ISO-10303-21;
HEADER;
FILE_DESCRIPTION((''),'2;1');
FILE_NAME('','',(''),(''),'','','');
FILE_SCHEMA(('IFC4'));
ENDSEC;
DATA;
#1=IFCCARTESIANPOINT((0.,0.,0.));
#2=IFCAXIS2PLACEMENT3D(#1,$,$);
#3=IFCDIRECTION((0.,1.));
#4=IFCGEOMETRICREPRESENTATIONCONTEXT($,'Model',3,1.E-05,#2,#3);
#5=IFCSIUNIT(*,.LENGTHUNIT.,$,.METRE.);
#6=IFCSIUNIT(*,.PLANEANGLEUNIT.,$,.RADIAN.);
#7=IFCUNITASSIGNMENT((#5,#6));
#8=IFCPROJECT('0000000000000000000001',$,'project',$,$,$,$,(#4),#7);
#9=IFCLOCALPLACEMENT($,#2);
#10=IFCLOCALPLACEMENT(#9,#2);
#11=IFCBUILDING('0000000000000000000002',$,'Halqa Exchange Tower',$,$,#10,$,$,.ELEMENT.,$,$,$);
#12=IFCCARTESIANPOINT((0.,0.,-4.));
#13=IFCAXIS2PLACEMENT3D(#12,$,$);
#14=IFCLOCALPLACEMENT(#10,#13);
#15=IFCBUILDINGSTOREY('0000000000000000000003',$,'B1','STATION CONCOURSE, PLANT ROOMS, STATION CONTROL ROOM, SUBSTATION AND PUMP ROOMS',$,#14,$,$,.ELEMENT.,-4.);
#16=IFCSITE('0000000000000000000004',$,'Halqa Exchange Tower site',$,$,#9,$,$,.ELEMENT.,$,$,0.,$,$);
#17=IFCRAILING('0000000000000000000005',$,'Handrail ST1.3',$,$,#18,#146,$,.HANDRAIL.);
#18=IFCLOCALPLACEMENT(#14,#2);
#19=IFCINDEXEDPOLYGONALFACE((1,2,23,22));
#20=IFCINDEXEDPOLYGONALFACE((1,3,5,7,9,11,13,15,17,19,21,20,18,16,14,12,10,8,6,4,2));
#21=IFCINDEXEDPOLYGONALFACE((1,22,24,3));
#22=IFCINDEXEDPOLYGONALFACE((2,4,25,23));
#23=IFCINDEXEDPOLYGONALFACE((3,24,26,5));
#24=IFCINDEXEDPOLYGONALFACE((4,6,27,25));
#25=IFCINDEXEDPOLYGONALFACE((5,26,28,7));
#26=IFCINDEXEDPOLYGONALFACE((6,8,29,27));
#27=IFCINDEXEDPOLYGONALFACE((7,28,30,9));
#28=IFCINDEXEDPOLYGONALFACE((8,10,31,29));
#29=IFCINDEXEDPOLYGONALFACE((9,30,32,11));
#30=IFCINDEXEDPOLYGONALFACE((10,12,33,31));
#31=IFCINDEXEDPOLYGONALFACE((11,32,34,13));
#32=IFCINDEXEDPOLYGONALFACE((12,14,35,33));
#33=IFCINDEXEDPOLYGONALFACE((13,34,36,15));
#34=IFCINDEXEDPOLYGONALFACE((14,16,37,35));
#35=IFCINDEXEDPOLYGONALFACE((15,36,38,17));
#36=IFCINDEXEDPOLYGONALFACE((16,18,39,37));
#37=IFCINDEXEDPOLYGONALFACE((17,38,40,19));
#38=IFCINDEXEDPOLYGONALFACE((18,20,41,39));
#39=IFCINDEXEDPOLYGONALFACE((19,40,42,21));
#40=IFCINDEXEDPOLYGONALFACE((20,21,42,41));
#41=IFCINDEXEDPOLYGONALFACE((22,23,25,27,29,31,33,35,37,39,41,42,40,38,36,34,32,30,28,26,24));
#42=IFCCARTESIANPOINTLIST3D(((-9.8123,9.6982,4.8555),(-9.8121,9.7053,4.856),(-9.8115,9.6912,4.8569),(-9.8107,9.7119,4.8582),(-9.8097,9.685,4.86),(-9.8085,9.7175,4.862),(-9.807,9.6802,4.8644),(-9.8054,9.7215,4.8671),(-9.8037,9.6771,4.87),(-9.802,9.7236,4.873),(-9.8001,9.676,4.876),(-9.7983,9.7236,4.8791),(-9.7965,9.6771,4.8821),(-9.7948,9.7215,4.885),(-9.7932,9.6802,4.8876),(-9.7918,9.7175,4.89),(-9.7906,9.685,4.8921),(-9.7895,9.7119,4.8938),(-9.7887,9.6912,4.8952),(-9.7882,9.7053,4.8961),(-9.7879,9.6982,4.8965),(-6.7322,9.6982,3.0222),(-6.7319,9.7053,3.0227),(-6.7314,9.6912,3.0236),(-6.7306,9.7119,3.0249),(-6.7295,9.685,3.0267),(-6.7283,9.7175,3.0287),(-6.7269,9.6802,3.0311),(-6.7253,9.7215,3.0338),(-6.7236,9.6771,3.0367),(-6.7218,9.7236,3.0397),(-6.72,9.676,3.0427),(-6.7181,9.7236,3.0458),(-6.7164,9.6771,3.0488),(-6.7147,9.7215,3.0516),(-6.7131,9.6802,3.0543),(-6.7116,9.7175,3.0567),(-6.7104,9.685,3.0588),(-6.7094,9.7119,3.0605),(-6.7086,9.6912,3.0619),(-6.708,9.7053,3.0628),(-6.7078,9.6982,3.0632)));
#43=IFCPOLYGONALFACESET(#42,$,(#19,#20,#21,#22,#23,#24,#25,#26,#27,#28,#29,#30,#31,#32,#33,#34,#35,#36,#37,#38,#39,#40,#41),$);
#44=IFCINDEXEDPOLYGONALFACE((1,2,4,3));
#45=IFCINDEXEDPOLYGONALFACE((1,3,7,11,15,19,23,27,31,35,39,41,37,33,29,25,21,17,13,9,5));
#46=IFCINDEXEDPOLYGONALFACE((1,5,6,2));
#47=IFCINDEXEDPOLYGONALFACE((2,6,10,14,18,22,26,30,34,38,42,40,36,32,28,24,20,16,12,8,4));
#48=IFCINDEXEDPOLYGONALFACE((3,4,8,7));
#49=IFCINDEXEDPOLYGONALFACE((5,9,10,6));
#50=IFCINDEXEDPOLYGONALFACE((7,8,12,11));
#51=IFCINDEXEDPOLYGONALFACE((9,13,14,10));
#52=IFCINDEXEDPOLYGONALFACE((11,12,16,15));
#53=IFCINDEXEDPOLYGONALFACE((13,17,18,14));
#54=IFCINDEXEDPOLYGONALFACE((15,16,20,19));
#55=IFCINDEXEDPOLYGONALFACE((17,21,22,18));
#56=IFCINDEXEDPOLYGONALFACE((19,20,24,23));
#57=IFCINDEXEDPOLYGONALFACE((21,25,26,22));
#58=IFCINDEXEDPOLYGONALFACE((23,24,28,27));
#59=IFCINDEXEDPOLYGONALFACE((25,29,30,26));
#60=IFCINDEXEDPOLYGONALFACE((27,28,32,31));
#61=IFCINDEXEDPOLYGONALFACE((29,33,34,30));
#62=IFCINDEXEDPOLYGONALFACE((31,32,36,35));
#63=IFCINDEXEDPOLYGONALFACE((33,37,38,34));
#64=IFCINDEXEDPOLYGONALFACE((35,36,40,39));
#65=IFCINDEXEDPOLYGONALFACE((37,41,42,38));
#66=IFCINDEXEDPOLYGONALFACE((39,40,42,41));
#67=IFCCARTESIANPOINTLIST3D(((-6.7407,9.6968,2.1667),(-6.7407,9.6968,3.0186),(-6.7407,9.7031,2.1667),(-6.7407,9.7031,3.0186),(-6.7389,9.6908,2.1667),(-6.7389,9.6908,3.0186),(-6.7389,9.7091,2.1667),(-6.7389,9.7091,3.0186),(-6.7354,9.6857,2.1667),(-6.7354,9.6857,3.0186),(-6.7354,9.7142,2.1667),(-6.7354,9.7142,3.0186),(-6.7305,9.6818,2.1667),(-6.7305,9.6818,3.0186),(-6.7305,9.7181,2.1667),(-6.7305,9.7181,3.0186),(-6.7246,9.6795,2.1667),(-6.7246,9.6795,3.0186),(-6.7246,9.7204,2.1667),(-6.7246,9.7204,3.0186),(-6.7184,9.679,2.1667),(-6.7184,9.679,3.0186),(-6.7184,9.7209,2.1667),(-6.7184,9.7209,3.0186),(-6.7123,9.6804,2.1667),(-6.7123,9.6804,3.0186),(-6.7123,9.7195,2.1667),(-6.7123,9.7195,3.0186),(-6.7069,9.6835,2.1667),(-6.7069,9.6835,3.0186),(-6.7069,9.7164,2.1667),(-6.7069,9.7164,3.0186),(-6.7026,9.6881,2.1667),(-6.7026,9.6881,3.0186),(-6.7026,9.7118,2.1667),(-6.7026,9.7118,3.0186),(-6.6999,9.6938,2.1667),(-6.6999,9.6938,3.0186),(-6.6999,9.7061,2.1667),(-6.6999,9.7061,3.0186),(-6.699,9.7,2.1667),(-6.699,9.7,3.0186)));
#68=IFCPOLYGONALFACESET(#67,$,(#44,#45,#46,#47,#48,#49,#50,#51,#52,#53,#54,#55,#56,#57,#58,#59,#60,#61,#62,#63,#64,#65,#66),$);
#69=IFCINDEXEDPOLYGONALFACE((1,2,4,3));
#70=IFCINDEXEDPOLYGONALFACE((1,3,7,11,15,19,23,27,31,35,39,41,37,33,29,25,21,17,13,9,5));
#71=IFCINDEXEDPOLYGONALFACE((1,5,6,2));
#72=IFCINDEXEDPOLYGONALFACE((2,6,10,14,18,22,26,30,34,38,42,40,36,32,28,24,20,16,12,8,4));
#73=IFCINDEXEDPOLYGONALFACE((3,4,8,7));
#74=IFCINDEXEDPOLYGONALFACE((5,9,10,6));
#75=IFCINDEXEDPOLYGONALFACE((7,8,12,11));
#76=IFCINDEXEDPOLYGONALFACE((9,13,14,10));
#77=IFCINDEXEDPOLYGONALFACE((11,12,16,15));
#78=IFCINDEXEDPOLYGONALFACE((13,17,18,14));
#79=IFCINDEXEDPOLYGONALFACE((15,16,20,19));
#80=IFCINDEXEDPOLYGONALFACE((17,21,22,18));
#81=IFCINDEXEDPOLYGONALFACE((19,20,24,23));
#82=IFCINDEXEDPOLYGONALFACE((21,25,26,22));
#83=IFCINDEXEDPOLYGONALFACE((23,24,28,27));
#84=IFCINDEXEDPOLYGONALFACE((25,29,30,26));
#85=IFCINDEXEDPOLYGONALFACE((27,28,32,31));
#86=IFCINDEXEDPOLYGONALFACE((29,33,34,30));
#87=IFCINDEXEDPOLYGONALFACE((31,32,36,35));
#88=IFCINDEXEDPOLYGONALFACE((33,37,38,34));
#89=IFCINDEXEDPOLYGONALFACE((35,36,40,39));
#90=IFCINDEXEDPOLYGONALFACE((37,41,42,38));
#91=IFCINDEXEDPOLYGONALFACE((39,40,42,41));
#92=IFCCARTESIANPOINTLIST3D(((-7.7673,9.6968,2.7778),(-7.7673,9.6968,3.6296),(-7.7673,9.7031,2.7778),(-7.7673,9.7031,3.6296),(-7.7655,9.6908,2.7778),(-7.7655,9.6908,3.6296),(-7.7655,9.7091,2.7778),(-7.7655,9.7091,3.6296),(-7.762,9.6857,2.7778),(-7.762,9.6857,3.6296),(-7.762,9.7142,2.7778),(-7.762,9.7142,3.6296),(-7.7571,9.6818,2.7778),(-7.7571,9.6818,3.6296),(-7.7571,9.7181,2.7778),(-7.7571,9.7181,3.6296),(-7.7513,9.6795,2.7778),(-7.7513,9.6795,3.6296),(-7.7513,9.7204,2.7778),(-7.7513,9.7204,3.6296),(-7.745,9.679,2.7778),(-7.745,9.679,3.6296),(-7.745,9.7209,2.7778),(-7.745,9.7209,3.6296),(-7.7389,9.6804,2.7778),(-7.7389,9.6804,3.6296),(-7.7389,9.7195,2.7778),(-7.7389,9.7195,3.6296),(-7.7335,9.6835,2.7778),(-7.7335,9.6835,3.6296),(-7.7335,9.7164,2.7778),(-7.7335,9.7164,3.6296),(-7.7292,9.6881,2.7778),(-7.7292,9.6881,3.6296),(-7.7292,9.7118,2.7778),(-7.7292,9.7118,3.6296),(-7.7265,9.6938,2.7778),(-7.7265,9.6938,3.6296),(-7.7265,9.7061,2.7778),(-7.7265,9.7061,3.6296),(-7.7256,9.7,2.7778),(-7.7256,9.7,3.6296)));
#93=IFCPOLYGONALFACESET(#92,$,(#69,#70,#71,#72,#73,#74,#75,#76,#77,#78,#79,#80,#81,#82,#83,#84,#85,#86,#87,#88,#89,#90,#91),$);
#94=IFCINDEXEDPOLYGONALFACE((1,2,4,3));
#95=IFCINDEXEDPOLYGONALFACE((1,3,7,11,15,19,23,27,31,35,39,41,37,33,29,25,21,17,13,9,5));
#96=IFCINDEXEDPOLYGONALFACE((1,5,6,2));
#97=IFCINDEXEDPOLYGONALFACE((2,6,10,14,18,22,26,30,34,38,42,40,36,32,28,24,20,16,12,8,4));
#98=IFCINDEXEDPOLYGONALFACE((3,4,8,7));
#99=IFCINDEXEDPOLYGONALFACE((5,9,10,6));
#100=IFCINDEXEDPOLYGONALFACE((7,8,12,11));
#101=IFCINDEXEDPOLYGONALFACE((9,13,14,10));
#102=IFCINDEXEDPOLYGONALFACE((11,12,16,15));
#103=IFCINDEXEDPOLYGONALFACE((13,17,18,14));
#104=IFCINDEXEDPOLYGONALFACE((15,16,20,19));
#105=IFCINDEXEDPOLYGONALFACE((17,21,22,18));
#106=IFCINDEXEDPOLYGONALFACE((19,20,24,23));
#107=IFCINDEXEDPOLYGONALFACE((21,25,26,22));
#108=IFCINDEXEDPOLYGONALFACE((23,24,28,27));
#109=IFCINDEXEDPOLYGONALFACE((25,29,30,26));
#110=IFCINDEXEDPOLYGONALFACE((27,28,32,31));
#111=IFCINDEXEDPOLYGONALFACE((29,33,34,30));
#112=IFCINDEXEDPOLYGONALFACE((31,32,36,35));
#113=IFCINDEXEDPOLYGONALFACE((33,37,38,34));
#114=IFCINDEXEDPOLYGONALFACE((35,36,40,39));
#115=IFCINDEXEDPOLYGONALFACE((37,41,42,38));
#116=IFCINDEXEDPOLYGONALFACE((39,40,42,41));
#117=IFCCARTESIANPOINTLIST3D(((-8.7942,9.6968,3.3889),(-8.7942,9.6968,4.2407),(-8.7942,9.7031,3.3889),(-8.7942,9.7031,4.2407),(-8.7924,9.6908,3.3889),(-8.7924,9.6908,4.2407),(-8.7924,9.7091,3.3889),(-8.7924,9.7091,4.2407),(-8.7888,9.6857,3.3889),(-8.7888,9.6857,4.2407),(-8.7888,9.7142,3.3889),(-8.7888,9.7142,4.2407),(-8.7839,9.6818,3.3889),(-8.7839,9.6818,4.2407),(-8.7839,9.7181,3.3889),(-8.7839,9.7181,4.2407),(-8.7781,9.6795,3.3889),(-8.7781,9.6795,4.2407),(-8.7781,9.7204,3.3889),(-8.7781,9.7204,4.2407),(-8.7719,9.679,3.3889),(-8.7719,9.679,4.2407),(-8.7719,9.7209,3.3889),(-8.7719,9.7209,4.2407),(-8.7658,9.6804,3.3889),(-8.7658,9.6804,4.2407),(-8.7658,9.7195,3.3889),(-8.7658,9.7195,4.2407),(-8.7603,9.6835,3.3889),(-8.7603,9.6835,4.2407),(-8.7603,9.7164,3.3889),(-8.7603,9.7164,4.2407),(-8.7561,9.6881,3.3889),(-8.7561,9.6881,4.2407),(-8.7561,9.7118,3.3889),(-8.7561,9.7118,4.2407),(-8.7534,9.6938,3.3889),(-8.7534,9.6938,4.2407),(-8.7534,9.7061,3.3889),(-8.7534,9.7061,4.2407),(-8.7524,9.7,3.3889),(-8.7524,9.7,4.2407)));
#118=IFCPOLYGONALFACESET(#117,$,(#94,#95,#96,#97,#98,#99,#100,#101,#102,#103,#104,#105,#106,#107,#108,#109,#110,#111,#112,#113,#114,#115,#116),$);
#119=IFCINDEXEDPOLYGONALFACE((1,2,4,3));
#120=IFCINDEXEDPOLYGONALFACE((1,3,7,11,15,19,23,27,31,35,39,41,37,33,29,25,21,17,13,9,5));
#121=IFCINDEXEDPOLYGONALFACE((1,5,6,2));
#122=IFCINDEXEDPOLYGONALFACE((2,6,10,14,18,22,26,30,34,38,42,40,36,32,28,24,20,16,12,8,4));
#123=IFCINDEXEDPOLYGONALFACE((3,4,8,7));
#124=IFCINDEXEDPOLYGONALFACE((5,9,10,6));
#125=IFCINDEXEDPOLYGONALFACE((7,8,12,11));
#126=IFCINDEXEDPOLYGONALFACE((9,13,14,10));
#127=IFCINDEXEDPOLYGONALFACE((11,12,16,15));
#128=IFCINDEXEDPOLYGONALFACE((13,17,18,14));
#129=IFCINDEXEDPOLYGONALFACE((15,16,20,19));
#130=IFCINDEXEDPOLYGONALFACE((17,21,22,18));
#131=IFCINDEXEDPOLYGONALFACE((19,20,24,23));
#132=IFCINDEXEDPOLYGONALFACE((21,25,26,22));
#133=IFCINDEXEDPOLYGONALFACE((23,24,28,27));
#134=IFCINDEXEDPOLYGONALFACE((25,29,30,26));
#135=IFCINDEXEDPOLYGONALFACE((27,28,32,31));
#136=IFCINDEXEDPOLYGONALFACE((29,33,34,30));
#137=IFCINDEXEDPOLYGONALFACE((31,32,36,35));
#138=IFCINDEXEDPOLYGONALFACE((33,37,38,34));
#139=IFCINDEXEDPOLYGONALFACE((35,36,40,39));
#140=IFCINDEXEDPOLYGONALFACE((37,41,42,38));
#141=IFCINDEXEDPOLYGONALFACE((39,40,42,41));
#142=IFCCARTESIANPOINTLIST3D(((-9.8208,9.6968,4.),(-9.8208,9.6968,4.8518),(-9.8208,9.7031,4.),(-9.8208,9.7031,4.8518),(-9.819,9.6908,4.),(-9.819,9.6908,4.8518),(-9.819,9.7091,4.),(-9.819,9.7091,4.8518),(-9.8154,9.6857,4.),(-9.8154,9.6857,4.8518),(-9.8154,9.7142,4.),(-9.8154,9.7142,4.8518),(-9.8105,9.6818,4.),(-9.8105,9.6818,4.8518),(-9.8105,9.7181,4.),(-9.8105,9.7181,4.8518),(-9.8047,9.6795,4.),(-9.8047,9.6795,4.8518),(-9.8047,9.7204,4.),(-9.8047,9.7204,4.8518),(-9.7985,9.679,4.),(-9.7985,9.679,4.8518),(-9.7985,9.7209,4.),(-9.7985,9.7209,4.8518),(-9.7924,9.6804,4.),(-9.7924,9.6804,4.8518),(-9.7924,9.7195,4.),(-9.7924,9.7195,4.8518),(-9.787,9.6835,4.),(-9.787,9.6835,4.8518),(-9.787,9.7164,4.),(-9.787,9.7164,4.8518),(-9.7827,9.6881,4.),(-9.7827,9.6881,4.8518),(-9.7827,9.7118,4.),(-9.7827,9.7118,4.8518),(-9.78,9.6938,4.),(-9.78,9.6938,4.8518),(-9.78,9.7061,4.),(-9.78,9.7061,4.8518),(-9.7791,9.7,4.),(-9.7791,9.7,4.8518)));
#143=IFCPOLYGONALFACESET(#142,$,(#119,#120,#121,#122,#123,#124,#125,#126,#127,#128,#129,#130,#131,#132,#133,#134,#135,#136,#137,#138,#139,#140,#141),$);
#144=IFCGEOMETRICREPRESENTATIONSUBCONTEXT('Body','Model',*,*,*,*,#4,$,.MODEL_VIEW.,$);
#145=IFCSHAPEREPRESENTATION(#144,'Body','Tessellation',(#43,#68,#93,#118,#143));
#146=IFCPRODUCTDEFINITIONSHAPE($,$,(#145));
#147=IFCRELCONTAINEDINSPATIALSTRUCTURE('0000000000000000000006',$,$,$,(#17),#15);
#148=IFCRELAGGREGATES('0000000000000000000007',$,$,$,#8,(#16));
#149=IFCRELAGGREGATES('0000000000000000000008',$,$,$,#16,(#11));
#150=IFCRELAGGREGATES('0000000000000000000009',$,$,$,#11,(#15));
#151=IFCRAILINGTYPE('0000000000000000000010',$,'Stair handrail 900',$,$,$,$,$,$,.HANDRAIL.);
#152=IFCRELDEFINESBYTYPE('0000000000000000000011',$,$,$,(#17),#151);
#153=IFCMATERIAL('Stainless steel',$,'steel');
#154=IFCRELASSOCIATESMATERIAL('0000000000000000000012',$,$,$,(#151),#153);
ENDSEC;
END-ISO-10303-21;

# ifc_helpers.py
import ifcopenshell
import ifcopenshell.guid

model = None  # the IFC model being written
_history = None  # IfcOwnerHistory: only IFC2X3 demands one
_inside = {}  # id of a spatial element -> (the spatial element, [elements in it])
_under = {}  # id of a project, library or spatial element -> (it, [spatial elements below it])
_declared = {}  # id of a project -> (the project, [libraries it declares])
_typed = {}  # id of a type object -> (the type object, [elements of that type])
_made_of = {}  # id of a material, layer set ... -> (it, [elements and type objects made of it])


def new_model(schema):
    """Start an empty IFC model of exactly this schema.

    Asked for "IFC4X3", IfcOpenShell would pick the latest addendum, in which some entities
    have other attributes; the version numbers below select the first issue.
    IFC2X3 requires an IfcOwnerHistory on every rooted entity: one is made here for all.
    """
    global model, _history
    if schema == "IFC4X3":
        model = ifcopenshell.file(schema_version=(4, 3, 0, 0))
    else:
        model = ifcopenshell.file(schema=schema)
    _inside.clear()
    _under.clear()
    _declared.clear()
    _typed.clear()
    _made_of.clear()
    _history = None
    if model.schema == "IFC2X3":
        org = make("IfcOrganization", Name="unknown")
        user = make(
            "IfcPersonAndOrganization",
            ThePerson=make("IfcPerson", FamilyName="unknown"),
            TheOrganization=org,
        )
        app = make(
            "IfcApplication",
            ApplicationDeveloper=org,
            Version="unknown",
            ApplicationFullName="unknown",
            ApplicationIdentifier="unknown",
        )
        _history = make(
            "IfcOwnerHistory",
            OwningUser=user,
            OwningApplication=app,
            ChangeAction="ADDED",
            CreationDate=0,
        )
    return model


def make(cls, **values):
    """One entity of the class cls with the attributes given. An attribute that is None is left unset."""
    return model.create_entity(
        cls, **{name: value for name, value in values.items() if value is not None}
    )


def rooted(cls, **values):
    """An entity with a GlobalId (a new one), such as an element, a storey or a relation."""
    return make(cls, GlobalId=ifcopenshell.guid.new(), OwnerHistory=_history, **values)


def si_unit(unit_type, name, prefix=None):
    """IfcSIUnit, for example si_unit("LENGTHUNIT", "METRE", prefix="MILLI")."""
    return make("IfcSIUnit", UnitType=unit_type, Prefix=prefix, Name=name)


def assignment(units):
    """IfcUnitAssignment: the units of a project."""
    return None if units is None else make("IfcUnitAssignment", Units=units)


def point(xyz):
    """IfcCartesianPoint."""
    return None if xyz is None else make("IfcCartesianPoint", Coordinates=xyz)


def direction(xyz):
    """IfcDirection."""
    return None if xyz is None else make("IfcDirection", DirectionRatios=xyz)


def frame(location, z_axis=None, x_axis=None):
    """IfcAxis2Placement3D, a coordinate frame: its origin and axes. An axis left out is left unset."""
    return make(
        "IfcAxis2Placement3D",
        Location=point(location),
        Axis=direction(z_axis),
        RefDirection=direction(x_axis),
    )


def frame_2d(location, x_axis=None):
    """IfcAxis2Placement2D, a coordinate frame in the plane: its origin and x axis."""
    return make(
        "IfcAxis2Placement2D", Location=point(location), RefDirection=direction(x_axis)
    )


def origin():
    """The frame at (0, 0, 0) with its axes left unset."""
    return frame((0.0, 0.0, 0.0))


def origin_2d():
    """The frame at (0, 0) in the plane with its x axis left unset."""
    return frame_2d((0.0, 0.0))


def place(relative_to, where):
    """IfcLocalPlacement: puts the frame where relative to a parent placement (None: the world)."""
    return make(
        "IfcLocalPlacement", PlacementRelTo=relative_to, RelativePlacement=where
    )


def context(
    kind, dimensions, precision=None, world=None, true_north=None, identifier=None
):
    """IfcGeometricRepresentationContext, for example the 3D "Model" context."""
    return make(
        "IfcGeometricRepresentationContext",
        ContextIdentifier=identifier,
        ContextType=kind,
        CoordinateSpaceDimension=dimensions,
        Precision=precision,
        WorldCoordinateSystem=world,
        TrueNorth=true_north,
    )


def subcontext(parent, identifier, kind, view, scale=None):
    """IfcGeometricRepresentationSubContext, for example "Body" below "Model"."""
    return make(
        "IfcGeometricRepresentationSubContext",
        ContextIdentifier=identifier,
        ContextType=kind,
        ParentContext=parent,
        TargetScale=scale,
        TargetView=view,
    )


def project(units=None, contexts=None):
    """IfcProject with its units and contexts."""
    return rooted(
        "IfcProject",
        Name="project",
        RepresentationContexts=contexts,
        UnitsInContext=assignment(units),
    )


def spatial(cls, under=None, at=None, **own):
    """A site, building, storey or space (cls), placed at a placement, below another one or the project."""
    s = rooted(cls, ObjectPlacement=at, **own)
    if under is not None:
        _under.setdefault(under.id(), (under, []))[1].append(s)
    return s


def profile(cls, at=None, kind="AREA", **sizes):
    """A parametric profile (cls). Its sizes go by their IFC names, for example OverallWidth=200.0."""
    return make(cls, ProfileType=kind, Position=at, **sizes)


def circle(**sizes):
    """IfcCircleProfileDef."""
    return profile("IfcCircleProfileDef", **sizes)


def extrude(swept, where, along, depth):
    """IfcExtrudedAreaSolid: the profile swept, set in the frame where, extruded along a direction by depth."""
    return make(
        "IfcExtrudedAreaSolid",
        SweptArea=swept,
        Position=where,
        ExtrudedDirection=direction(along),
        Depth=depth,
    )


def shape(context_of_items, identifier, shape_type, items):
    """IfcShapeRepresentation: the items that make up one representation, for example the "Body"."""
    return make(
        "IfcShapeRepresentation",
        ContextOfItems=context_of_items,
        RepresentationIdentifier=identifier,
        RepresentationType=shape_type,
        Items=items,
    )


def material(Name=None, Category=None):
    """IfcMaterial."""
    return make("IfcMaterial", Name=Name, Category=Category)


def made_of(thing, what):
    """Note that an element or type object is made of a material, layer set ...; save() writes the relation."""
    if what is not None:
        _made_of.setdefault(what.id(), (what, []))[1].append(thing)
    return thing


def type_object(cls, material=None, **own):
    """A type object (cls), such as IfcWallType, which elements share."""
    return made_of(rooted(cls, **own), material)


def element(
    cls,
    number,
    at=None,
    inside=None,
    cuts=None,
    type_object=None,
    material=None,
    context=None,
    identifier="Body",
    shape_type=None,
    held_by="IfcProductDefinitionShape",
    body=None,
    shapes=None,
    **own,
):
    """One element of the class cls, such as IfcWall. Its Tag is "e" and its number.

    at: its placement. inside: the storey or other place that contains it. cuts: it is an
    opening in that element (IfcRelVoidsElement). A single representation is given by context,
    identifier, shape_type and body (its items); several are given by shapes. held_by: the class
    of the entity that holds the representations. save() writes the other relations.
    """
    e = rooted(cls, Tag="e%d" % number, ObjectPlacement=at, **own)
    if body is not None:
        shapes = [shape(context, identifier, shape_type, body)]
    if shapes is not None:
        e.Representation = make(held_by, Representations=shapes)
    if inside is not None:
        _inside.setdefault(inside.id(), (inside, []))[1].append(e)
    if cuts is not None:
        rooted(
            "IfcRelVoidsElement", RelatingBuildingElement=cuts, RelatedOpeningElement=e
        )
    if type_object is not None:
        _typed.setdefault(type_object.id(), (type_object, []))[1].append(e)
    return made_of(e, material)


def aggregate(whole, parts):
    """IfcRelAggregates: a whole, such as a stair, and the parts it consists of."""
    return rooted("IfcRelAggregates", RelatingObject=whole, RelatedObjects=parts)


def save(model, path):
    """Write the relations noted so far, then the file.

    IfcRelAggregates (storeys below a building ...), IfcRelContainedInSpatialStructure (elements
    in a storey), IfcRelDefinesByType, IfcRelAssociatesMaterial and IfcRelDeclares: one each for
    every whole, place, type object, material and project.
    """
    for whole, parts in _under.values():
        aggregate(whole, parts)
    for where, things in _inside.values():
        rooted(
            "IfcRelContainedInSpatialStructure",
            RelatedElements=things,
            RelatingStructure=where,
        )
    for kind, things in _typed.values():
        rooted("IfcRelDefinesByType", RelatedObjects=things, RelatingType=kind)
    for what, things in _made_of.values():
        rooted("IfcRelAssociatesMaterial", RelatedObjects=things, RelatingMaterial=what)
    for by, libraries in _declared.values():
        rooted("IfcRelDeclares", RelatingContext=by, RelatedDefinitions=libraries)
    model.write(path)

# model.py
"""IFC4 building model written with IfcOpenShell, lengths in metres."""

from ifc_helpers import new_model, si_unit, direction, frame, origin, origin_2d, place, context, subcontext, project, spatial, circle, extrude, material, type_object, element, save


model = new_model("IFC4")

# Units and contexts
model_context = context("Model", 3, precision=1e-05, world=origin(), true_north=direction((0.0, 1.0)))
body_context = subcontext(model_context, "Body", "Model", "MODEL_VIEW")
ifc_project = project(units=[si_unit("LENGTHUNIT", "METRE"), si_unit("PLANEANGLEUNIT", "RADIAN")], contexts=[model_context])

# Site, building, storey
site_placement = place(None, origin())
site = spatial("IfcSite", under=ifc_project, at=site_placement, Name="Halqa Exchange Tower site", CompositionType="ELEMENT", RefElevation=0.0)
building_placement = place(site_placement, origin())
building = spatial("IfcBuilding", under=site, at=building_placement, Name="Halqa Exchange Tower", CompositionType="ELEMENT")
storey_placement = place(building_placement, frame((0.0, 0.0, -4.0)))
storey = spatial("IfcBuildingStorey", under=building, at=storey_placement, Name="B1", Description="STATION CONCOURSE, PLANT ROOMS, STATION CONTROL ROOM, SUBSTATION AND PUMP ROOMS", CompositionType="ELEMENT", Elevation=-4.0)

# Railing
ifc_material_1 = material(Name="Stainless steel", Category="steel")
railing_type = type_object("IfcRailingType", Name="Stair handrail 900", PredefinedType="HANDRAIL", material=ifc_material_1)
railing_1_placement = place(storey_placement, frame((-6.72, 9.7, 2.1667)))
element("IfcRailing", 1, at=railing_1_placement, inside=storey, type_object=railing_type, Name="Handrail ST1.3", PredefinedType="HANDRAIL", context=body_context, shape_type="SweptSolid", body=[
    extrude(circle(Radius=0.0239, at=origin_2d()), frame((0.0, 0.0, 0.876), z_axis=(-0.859309, 0.0, 0.511458), x_axis=(0.0, -1.0, 0.0)), (0.0, 0.0, 1.0), 3.5845),
    extrude(circle(Radius=0.021, at=origin_2d()), origin(), (0.0, 0.0, 1.0), 0.8518),
    extrude(circle(Radius=0.021, at=origin_2d()), frame((-1.0266, 0.0, 0.6111)), (0.0, 0.0, 1.0), 0.8518),
    extrude(circle(Radius=0.021, at=origin_2d()), frame((-2.0535, 0.0, 1.2222)), (0.0, 0.0, 1.0), 0.8518),
    extrude(circle(Radius=0.021, at=origin_2d()), frame((-3.0801, 0.0, 1.8333)), (0.0, 0.0, 1.0), 0.8518),
])

save(model, "model.ifc")
